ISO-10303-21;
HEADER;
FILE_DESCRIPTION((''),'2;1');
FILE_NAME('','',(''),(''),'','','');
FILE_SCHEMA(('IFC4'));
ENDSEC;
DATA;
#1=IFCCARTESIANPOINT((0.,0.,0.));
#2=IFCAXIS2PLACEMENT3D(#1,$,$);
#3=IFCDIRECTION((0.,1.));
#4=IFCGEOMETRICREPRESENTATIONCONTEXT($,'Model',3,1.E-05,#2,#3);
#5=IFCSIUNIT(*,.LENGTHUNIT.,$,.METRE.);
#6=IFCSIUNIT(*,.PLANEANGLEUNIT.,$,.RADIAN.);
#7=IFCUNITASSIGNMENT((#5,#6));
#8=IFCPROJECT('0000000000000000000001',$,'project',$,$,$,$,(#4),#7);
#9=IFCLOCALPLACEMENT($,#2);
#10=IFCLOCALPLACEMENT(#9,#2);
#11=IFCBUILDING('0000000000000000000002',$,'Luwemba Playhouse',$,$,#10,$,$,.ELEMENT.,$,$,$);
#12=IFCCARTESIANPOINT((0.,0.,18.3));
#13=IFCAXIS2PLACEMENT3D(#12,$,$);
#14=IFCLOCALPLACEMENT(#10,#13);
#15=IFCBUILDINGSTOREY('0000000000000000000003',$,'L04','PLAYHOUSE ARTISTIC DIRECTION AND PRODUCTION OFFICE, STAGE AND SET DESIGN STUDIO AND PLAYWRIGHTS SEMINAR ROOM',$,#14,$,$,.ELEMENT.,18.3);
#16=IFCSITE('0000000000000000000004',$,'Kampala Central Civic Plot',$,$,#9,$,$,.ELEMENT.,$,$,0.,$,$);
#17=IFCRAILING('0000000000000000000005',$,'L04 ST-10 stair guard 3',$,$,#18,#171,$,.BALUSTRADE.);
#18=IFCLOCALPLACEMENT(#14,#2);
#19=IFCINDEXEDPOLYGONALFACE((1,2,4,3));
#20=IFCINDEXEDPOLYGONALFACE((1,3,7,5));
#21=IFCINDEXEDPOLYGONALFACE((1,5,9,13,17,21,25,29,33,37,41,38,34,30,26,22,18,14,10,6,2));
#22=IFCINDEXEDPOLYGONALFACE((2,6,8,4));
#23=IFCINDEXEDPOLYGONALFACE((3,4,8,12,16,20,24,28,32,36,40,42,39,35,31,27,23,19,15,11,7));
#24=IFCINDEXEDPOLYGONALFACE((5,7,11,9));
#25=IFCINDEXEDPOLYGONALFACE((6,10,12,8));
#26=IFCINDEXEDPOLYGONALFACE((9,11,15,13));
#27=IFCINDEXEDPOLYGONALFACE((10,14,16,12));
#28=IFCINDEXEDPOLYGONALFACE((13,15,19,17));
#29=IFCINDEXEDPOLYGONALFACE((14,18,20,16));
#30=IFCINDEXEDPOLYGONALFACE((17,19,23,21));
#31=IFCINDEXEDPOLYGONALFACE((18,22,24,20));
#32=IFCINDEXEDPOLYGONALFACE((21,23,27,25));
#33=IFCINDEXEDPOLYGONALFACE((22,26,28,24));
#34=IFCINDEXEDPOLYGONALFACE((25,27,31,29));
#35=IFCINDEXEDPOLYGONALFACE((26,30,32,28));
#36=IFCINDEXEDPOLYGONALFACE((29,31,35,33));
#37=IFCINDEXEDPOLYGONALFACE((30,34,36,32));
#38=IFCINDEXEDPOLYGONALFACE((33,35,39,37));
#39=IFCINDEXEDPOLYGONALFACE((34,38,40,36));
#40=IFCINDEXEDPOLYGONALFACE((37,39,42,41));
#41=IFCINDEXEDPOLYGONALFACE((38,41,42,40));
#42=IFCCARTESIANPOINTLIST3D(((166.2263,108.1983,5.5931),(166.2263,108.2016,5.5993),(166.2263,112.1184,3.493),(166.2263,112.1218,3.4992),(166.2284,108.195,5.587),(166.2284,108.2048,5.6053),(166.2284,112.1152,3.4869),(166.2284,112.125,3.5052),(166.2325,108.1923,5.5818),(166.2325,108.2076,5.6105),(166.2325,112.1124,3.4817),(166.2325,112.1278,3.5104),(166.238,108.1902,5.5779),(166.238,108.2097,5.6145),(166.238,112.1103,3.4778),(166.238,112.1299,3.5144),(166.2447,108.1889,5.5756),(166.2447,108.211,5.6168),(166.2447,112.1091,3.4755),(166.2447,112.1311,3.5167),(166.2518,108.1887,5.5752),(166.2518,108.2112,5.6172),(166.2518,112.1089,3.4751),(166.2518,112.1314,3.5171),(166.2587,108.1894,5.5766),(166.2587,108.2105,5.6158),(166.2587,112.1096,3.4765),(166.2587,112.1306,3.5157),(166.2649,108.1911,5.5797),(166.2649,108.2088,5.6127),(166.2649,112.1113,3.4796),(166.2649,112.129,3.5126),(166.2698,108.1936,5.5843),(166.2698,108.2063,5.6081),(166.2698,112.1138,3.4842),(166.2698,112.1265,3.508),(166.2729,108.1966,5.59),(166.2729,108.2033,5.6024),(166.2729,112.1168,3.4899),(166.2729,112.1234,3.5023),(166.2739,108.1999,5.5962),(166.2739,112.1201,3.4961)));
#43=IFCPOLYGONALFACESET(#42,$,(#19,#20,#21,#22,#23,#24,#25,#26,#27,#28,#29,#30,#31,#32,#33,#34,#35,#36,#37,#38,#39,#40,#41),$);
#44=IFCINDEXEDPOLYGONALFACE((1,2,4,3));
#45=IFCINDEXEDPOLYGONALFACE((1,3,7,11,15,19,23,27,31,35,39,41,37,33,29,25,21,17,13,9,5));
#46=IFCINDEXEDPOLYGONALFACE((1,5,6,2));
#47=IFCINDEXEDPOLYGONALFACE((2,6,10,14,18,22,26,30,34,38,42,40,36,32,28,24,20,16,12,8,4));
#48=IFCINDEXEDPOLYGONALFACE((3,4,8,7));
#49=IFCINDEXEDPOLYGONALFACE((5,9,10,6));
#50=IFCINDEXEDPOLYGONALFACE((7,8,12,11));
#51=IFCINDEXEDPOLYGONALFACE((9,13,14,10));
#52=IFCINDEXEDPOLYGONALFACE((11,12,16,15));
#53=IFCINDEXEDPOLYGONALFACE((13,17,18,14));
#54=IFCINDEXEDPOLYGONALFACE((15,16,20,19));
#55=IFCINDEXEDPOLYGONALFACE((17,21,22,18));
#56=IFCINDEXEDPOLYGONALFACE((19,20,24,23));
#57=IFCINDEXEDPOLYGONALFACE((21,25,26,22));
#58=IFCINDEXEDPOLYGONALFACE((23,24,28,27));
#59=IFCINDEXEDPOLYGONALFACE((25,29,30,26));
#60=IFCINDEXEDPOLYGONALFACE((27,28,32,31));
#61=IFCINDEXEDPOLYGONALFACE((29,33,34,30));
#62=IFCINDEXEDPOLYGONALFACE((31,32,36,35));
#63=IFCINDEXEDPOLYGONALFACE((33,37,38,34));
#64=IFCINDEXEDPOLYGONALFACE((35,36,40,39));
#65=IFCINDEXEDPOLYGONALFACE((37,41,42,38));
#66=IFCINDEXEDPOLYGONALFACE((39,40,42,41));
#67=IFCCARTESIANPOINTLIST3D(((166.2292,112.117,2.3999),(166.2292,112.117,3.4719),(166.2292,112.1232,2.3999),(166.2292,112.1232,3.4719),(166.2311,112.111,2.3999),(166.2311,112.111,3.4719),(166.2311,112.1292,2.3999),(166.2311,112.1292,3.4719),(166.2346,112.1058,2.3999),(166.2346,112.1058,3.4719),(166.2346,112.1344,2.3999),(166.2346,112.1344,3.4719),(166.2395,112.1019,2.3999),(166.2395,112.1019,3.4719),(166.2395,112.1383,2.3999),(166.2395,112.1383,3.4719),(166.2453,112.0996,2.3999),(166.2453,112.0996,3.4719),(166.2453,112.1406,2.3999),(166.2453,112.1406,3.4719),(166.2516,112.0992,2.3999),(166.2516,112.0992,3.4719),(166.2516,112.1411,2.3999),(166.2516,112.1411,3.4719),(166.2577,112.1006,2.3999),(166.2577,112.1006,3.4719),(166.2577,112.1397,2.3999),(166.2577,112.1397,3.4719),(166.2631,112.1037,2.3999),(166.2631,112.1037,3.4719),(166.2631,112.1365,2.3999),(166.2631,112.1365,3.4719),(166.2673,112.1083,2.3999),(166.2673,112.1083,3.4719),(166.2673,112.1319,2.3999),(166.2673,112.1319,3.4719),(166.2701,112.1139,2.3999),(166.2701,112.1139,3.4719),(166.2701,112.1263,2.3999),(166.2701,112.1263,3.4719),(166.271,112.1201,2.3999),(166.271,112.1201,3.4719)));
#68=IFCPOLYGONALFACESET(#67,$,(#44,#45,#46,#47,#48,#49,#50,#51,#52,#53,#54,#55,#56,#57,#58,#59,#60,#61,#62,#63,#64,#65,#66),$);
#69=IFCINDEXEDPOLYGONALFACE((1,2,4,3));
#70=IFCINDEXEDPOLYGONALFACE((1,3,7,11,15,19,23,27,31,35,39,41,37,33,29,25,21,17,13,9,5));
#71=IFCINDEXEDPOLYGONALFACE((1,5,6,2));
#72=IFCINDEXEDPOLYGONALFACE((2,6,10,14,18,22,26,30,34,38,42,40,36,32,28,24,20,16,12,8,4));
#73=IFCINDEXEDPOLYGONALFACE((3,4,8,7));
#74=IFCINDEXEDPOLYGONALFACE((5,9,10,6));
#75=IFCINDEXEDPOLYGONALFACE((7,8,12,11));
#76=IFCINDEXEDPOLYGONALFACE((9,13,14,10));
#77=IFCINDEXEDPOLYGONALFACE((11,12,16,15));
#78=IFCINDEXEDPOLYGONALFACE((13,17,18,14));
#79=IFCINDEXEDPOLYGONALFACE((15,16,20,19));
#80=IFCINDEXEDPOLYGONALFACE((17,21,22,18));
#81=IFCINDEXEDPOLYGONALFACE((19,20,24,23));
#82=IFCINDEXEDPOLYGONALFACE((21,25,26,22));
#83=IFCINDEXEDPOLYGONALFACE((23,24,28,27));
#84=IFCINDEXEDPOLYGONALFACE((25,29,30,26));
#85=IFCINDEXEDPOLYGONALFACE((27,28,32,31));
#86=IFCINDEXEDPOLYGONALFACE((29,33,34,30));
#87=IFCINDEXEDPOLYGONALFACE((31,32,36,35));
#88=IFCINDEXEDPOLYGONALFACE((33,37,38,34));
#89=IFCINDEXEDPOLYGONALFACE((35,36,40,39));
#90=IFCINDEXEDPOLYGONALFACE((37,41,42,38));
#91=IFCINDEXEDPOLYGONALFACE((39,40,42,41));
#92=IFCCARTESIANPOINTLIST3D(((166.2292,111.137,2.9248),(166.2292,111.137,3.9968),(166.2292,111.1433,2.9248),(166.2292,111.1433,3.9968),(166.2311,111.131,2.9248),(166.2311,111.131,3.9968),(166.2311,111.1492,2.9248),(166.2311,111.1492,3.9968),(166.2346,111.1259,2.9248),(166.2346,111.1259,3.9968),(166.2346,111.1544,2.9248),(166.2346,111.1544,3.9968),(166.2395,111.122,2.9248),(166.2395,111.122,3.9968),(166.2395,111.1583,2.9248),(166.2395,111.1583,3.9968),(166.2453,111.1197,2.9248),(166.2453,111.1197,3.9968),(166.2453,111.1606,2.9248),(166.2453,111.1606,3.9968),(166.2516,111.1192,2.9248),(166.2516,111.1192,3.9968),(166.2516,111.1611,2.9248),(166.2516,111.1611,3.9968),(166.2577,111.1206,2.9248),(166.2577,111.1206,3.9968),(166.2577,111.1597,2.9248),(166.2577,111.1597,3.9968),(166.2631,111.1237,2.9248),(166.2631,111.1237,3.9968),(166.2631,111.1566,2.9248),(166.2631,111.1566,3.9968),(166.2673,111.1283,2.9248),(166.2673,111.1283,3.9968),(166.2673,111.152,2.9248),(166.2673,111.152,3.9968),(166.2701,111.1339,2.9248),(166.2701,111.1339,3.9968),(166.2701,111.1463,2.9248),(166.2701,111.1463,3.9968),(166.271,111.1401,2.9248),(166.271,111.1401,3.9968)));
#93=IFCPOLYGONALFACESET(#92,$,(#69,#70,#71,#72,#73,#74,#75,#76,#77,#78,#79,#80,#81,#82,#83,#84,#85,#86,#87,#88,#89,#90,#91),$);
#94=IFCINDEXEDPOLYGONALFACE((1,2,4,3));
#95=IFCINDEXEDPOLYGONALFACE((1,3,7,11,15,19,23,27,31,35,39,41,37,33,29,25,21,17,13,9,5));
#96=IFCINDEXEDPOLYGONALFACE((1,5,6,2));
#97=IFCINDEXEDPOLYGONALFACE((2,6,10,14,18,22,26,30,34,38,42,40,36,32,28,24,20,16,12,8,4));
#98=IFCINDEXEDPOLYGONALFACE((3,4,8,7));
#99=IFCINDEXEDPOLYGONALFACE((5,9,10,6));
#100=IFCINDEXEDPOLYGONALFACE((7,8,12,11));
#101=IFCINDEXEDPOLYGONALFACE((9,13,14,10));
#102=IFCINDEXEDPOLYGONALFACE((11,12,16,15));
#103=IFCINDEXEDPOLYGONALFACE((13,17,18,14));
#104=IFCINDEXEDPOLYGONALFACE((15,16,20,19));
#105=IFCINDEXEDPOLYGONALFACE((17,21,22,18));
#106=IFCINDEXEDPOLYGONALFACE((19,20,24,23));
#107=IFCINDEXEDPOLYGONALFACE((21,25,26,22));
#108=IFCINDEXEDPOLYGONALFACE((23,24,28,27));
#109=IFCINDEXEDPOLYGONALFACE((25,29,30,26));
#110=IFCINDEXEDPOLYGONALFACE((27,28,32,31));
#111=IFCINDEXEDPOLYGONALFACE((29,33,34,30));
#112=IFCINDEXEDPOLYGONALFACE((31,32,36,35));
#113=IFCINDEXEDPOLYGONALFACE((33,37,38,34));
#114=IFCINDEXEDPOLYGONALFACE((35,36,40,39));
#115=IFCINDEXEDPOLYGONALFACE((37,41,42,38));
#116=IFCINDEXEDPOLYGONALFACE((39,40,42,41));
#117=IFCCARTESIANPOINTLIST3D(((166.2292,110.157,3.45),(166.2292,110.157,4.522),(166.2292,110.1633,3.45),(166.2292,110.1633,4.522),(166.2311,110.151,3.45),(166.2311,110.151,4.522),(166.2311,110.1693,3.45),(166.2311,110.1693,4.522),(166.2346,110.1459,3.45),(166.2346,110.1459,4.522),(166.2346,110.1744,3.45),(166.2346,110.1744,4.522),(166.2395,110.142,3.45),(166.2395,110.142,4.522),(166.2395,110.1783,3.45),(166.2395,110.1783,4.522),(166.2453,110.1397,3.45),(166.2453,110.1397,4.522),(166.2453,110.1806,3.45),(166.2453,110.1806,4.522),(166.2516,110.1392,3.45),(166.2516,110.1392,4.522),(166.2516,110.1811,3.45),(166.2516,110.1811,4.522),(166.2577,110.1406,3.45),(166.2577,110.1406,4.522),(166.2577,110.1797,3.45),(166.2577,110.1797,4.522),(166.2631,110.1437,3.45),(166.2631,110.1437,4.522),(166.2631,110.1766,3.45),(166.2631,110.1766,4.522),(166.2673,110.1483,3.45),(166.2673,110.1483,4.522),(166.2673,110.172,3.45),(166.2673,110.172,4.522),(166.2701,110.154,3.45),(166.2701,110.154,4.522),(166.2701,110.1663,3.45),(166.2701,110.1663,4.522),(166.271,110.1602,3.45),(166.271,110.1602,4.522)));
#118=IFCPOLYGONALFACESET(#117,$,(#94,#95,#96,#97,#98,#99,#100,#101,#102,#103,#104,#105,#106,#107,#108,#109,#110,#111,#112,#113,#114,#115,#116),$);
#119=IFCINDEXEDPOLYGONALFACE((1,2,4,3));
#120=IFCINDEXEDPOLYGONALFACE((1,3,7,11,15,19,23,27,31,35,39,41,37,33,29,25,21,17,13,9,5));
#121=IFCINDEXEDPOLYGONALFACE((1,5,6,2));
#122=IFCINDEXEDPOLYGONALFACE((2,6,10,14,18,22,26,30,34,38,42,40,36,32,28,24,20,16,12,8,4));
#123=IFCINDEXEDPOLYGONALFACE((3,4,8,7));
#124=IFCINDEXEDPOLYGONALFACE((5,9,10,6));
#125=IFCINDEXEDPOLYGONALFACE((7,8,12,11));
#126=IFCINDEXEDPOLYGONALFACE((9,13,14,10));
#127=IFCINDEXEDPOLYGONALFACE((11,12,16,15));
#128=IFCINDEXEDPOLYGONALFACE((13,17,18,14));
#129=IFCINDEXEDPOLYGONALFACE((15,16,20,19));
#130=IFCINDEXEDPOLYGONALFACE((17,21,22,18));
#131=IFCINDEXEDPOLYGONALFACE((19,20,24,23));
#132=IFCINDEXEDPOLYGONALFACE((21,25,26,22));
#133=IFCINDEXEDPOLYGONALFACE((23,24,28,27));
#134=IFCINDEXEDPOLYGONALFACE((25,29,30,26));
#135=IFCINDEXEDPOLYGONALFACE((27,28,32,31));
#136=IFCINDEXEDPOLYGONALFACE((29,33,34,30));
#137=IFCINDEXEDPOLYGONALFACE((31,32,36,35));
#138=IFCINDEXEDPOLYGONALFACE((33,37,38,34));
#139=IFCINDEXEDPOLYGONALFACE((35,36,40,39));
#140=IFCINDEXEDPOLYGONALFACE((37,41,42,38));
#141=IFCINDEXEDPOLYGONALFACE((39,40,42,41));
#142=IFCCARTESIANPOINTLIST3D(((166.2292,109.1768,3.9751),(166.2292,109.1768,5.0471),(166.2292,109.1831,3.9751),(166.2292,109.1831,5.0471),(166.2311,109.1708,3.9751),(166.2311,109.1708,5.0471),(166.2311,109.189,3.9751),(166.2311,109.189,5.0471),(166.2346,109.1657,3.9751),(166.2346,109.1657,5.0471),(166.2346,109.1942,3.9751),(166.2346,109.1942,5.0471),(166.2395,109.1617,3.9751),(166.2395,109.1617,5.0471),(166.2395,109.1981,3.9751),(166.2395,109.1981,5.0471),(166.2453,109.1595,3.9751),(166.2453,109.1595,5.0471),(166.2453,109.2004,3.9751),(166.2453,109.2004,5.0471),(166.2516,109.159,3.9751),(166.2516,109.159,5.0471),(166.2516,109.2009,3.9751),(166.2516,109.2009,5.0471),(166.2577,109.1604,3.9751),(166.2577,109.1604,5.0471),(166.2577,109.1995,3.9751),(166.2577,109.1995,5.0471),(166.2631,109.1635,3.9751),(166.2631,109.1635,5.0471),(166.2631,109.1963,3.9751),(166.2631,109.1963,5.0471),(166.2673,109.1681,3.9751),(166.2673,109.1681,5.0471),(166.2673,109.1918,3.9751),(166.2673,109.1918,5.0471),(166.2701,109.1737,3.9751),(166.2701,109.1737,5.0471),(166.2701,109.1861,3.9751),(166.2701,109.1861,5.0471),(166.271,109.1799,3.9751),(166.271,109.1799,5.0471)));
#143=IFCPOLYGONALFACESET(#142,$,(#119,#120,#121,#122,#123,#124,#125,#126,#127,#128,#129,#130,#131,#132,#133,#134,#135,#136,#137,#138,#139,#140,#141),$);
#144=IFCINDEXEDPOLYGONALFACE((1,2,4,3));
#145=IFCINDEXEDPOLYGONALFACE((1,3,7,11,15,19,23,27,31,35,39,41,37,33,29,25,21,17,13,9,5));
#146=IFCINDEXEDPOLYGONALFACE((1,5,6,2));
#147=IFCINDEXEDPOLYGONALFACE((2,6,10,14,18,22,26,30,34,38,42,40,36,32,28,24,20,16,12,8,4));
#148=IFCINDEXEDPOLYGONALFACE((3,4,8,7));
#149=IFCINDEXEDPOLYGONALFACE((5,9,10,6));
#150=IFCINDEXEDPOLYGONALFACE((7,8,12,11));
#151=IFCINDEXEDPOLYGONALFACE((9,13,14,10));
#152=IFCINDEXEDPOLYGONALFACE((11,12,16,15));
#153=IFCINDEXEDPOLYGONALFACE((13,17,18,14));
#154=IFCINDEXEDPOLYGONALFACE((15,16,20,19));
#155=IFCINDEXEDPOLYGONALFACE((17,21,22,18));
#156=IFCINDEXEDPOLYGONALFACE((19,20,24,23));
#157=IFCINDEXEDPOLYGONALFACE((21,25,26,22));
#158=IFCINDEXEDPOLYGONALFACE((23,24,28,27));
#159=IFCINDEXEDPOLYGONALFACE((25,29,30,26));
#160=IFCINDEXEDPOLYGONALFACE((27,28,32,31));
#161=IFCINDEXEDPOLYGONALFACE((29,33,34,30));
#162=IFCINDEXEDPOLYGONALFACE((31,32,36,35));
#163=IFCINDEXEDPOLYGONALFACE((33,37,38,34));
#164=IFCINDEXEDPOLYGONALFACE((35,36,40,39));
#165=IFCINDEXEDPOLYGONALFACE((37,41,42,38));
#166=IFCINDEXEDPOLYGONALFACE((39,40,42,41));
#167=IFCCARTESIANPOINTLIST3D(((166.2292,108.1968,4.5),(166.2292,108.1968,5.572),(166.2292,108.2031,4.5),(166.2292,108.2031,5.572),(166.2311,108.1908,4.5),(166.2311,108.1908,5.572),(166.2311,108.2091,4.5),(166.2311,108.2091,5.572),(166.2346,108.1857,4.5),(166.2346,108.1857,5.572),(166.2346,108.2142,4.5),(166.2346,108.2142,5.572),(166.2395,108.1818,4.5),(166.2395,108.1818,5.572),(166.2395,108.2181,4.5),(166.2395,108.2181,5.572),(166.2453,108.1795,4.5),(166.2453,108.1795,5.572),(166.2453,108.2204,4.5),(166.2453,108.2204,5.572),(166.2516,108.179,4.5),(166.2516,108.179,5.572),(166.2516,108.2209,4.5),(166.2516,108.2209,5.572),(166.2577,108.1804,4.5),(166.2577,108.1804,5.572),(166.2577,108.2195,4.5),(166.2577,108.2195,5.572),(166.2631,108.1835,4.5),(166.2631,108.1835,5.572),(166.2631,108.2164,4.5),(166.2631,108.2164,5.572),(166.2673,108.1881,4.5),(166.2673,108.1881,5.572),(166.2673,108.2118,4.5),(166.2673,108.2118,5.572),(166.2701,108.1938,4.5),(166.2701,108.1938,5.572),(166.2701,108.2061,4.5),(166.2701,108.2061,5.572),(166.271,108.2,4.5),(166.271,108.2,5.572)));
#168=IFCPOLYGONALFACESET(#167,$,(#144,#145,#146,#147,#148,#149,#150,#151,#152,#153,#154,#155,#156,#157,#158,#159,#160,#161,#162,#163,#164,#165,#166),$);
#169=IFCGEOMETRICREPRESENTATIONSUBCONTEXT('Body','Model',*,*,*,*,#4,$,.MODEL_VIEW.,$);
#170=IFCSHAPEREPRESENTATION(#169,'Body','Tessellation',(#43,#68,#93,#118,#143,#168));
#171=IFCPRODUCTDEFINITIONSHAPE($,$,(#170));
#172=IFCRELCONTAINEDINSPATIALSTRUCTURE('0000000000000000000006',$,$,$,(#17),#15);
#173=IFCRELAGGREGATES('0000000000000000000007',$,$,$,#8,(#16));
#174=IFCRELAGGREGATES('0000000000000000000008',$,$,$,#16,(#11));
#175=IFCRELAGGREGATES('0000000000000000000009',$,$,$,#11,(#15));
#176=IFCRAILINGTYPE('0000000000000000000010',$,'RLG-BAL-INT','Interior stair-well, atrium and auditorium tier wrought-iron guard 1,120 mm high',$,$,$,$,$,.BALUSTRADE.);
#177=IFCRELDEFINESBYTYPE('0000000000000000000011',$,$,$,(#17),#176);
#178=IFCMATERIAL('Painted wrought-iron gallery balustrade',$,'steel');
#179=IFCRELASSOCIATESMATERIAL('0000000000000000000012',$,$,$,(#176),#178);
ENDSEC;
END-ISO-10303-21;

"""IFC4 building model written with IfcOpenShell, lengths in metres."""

from ifc_helpers import new_model, si_unit, direction, frame, origin, origin_2d, place, context, subcontext, project, spatial, circle, extrude, material, type_object, element, save


model = new_model("IFC4")

# Units and contexts
model_context = context("Model", 3, precision=1e-05, world=origin(), true_north=direction((0.0, 1.0)))
body_context = subcontext(model_context, "Body", "Model", "MODEL_VIEW")
ifc_project = project(units=[si_unit("LENGTHUNIT", "METRE"), si_unit("PLANEANGLEUNIT", "RADIAN")], contexts=[model_context])

# Site, building, storey
site_placement = place(None, origin())
site = spatial("IfcSite", under=ifc_project, at=site_placement, Name="Kampala Central Civic Plot", CompositionType="ELEMENT", RefElevation=0.0)
building_placement = place(site_placement, origin())
building = spatial("IfcBuilding", under=site, at=building_placement, Name="Luwemba Playhouse", CompositionType="ELEMENT")
storey_placement = place(building_placement, frame((0.0, 0.0, 18.3)))
storey = spatial("IfcBuildingStorey", under=building, at=storey_placement, Name="L04", Description="PLAYHOUSE ARTISTIC DIRECTION AND PRODUCTION OFFICE, STAGE AND SET DESIGN STUDIO AND PLAYWRIGHTS SEMINAR ROOM", CompositionType="ELEMENT", Elevation=18.3)

# Railing
ifc_material_1 = material(Name="Painted wrought-iron gallery balustrade", Category="steel")
railing_type_1 = type_object("IfcRailingType", Name="RLG-BAL-INT", Description="Interior stair-well, atrium and auditorium tier wrought-iron guard 1,120 mm high", PredefinedType="BALUSTRADE", material=ifc_material_1)
railing_1_placement = place(storey_placement, frame((166.25, 112.1201, 2.3999)))
element("IfcRailing", 1, at=railing_1_placement, inside=storey, type_object=railing_type_1, Name="L04 ST-10 stair guard 3", PredefinedType="BALUSTRADE", context=body_context, shape_type="SweptSolid", body=[
    extrude(circle(Radius=0.0239, at=origin_2d()), frame((0.0, 0.0, 1.0962), z_axis=(0.0, -0.881479, 0.472223), x_axis=(1.0, 0.0, 0.0)), (0.0, 0.0, 1.0), 4.4473),
    extrude(circle(Radius=0.021, at=origin_2d()), origin(), (0.0, 0.0, 1.0), 1.072),
    extrude(circle(Radius=0.021, at=origin_2d()), frame((0.0, -0.98, 0.5249)), (0.0, 0.0, 1.0), 1.072),
    extrude(circle(Radius=0.021, at=origin_2d()), frame((0.0, -1.96, 1.05)), (0.0, 0.0, 1.0), 1.072),
    extrude(circle(Radius=0.021, at=origin_2d()), frame((0.0, -2.9402, 1.5752)), (0.0, 0.0, 1.0), 1.072),
    extrude(circle(Radius=0.021, at=origin_2d()), frame((0.0, -3.9202, 2.1001)), (0.0, 0.0, 1.0), 1.072),
])

save(model, "model.ifc")
